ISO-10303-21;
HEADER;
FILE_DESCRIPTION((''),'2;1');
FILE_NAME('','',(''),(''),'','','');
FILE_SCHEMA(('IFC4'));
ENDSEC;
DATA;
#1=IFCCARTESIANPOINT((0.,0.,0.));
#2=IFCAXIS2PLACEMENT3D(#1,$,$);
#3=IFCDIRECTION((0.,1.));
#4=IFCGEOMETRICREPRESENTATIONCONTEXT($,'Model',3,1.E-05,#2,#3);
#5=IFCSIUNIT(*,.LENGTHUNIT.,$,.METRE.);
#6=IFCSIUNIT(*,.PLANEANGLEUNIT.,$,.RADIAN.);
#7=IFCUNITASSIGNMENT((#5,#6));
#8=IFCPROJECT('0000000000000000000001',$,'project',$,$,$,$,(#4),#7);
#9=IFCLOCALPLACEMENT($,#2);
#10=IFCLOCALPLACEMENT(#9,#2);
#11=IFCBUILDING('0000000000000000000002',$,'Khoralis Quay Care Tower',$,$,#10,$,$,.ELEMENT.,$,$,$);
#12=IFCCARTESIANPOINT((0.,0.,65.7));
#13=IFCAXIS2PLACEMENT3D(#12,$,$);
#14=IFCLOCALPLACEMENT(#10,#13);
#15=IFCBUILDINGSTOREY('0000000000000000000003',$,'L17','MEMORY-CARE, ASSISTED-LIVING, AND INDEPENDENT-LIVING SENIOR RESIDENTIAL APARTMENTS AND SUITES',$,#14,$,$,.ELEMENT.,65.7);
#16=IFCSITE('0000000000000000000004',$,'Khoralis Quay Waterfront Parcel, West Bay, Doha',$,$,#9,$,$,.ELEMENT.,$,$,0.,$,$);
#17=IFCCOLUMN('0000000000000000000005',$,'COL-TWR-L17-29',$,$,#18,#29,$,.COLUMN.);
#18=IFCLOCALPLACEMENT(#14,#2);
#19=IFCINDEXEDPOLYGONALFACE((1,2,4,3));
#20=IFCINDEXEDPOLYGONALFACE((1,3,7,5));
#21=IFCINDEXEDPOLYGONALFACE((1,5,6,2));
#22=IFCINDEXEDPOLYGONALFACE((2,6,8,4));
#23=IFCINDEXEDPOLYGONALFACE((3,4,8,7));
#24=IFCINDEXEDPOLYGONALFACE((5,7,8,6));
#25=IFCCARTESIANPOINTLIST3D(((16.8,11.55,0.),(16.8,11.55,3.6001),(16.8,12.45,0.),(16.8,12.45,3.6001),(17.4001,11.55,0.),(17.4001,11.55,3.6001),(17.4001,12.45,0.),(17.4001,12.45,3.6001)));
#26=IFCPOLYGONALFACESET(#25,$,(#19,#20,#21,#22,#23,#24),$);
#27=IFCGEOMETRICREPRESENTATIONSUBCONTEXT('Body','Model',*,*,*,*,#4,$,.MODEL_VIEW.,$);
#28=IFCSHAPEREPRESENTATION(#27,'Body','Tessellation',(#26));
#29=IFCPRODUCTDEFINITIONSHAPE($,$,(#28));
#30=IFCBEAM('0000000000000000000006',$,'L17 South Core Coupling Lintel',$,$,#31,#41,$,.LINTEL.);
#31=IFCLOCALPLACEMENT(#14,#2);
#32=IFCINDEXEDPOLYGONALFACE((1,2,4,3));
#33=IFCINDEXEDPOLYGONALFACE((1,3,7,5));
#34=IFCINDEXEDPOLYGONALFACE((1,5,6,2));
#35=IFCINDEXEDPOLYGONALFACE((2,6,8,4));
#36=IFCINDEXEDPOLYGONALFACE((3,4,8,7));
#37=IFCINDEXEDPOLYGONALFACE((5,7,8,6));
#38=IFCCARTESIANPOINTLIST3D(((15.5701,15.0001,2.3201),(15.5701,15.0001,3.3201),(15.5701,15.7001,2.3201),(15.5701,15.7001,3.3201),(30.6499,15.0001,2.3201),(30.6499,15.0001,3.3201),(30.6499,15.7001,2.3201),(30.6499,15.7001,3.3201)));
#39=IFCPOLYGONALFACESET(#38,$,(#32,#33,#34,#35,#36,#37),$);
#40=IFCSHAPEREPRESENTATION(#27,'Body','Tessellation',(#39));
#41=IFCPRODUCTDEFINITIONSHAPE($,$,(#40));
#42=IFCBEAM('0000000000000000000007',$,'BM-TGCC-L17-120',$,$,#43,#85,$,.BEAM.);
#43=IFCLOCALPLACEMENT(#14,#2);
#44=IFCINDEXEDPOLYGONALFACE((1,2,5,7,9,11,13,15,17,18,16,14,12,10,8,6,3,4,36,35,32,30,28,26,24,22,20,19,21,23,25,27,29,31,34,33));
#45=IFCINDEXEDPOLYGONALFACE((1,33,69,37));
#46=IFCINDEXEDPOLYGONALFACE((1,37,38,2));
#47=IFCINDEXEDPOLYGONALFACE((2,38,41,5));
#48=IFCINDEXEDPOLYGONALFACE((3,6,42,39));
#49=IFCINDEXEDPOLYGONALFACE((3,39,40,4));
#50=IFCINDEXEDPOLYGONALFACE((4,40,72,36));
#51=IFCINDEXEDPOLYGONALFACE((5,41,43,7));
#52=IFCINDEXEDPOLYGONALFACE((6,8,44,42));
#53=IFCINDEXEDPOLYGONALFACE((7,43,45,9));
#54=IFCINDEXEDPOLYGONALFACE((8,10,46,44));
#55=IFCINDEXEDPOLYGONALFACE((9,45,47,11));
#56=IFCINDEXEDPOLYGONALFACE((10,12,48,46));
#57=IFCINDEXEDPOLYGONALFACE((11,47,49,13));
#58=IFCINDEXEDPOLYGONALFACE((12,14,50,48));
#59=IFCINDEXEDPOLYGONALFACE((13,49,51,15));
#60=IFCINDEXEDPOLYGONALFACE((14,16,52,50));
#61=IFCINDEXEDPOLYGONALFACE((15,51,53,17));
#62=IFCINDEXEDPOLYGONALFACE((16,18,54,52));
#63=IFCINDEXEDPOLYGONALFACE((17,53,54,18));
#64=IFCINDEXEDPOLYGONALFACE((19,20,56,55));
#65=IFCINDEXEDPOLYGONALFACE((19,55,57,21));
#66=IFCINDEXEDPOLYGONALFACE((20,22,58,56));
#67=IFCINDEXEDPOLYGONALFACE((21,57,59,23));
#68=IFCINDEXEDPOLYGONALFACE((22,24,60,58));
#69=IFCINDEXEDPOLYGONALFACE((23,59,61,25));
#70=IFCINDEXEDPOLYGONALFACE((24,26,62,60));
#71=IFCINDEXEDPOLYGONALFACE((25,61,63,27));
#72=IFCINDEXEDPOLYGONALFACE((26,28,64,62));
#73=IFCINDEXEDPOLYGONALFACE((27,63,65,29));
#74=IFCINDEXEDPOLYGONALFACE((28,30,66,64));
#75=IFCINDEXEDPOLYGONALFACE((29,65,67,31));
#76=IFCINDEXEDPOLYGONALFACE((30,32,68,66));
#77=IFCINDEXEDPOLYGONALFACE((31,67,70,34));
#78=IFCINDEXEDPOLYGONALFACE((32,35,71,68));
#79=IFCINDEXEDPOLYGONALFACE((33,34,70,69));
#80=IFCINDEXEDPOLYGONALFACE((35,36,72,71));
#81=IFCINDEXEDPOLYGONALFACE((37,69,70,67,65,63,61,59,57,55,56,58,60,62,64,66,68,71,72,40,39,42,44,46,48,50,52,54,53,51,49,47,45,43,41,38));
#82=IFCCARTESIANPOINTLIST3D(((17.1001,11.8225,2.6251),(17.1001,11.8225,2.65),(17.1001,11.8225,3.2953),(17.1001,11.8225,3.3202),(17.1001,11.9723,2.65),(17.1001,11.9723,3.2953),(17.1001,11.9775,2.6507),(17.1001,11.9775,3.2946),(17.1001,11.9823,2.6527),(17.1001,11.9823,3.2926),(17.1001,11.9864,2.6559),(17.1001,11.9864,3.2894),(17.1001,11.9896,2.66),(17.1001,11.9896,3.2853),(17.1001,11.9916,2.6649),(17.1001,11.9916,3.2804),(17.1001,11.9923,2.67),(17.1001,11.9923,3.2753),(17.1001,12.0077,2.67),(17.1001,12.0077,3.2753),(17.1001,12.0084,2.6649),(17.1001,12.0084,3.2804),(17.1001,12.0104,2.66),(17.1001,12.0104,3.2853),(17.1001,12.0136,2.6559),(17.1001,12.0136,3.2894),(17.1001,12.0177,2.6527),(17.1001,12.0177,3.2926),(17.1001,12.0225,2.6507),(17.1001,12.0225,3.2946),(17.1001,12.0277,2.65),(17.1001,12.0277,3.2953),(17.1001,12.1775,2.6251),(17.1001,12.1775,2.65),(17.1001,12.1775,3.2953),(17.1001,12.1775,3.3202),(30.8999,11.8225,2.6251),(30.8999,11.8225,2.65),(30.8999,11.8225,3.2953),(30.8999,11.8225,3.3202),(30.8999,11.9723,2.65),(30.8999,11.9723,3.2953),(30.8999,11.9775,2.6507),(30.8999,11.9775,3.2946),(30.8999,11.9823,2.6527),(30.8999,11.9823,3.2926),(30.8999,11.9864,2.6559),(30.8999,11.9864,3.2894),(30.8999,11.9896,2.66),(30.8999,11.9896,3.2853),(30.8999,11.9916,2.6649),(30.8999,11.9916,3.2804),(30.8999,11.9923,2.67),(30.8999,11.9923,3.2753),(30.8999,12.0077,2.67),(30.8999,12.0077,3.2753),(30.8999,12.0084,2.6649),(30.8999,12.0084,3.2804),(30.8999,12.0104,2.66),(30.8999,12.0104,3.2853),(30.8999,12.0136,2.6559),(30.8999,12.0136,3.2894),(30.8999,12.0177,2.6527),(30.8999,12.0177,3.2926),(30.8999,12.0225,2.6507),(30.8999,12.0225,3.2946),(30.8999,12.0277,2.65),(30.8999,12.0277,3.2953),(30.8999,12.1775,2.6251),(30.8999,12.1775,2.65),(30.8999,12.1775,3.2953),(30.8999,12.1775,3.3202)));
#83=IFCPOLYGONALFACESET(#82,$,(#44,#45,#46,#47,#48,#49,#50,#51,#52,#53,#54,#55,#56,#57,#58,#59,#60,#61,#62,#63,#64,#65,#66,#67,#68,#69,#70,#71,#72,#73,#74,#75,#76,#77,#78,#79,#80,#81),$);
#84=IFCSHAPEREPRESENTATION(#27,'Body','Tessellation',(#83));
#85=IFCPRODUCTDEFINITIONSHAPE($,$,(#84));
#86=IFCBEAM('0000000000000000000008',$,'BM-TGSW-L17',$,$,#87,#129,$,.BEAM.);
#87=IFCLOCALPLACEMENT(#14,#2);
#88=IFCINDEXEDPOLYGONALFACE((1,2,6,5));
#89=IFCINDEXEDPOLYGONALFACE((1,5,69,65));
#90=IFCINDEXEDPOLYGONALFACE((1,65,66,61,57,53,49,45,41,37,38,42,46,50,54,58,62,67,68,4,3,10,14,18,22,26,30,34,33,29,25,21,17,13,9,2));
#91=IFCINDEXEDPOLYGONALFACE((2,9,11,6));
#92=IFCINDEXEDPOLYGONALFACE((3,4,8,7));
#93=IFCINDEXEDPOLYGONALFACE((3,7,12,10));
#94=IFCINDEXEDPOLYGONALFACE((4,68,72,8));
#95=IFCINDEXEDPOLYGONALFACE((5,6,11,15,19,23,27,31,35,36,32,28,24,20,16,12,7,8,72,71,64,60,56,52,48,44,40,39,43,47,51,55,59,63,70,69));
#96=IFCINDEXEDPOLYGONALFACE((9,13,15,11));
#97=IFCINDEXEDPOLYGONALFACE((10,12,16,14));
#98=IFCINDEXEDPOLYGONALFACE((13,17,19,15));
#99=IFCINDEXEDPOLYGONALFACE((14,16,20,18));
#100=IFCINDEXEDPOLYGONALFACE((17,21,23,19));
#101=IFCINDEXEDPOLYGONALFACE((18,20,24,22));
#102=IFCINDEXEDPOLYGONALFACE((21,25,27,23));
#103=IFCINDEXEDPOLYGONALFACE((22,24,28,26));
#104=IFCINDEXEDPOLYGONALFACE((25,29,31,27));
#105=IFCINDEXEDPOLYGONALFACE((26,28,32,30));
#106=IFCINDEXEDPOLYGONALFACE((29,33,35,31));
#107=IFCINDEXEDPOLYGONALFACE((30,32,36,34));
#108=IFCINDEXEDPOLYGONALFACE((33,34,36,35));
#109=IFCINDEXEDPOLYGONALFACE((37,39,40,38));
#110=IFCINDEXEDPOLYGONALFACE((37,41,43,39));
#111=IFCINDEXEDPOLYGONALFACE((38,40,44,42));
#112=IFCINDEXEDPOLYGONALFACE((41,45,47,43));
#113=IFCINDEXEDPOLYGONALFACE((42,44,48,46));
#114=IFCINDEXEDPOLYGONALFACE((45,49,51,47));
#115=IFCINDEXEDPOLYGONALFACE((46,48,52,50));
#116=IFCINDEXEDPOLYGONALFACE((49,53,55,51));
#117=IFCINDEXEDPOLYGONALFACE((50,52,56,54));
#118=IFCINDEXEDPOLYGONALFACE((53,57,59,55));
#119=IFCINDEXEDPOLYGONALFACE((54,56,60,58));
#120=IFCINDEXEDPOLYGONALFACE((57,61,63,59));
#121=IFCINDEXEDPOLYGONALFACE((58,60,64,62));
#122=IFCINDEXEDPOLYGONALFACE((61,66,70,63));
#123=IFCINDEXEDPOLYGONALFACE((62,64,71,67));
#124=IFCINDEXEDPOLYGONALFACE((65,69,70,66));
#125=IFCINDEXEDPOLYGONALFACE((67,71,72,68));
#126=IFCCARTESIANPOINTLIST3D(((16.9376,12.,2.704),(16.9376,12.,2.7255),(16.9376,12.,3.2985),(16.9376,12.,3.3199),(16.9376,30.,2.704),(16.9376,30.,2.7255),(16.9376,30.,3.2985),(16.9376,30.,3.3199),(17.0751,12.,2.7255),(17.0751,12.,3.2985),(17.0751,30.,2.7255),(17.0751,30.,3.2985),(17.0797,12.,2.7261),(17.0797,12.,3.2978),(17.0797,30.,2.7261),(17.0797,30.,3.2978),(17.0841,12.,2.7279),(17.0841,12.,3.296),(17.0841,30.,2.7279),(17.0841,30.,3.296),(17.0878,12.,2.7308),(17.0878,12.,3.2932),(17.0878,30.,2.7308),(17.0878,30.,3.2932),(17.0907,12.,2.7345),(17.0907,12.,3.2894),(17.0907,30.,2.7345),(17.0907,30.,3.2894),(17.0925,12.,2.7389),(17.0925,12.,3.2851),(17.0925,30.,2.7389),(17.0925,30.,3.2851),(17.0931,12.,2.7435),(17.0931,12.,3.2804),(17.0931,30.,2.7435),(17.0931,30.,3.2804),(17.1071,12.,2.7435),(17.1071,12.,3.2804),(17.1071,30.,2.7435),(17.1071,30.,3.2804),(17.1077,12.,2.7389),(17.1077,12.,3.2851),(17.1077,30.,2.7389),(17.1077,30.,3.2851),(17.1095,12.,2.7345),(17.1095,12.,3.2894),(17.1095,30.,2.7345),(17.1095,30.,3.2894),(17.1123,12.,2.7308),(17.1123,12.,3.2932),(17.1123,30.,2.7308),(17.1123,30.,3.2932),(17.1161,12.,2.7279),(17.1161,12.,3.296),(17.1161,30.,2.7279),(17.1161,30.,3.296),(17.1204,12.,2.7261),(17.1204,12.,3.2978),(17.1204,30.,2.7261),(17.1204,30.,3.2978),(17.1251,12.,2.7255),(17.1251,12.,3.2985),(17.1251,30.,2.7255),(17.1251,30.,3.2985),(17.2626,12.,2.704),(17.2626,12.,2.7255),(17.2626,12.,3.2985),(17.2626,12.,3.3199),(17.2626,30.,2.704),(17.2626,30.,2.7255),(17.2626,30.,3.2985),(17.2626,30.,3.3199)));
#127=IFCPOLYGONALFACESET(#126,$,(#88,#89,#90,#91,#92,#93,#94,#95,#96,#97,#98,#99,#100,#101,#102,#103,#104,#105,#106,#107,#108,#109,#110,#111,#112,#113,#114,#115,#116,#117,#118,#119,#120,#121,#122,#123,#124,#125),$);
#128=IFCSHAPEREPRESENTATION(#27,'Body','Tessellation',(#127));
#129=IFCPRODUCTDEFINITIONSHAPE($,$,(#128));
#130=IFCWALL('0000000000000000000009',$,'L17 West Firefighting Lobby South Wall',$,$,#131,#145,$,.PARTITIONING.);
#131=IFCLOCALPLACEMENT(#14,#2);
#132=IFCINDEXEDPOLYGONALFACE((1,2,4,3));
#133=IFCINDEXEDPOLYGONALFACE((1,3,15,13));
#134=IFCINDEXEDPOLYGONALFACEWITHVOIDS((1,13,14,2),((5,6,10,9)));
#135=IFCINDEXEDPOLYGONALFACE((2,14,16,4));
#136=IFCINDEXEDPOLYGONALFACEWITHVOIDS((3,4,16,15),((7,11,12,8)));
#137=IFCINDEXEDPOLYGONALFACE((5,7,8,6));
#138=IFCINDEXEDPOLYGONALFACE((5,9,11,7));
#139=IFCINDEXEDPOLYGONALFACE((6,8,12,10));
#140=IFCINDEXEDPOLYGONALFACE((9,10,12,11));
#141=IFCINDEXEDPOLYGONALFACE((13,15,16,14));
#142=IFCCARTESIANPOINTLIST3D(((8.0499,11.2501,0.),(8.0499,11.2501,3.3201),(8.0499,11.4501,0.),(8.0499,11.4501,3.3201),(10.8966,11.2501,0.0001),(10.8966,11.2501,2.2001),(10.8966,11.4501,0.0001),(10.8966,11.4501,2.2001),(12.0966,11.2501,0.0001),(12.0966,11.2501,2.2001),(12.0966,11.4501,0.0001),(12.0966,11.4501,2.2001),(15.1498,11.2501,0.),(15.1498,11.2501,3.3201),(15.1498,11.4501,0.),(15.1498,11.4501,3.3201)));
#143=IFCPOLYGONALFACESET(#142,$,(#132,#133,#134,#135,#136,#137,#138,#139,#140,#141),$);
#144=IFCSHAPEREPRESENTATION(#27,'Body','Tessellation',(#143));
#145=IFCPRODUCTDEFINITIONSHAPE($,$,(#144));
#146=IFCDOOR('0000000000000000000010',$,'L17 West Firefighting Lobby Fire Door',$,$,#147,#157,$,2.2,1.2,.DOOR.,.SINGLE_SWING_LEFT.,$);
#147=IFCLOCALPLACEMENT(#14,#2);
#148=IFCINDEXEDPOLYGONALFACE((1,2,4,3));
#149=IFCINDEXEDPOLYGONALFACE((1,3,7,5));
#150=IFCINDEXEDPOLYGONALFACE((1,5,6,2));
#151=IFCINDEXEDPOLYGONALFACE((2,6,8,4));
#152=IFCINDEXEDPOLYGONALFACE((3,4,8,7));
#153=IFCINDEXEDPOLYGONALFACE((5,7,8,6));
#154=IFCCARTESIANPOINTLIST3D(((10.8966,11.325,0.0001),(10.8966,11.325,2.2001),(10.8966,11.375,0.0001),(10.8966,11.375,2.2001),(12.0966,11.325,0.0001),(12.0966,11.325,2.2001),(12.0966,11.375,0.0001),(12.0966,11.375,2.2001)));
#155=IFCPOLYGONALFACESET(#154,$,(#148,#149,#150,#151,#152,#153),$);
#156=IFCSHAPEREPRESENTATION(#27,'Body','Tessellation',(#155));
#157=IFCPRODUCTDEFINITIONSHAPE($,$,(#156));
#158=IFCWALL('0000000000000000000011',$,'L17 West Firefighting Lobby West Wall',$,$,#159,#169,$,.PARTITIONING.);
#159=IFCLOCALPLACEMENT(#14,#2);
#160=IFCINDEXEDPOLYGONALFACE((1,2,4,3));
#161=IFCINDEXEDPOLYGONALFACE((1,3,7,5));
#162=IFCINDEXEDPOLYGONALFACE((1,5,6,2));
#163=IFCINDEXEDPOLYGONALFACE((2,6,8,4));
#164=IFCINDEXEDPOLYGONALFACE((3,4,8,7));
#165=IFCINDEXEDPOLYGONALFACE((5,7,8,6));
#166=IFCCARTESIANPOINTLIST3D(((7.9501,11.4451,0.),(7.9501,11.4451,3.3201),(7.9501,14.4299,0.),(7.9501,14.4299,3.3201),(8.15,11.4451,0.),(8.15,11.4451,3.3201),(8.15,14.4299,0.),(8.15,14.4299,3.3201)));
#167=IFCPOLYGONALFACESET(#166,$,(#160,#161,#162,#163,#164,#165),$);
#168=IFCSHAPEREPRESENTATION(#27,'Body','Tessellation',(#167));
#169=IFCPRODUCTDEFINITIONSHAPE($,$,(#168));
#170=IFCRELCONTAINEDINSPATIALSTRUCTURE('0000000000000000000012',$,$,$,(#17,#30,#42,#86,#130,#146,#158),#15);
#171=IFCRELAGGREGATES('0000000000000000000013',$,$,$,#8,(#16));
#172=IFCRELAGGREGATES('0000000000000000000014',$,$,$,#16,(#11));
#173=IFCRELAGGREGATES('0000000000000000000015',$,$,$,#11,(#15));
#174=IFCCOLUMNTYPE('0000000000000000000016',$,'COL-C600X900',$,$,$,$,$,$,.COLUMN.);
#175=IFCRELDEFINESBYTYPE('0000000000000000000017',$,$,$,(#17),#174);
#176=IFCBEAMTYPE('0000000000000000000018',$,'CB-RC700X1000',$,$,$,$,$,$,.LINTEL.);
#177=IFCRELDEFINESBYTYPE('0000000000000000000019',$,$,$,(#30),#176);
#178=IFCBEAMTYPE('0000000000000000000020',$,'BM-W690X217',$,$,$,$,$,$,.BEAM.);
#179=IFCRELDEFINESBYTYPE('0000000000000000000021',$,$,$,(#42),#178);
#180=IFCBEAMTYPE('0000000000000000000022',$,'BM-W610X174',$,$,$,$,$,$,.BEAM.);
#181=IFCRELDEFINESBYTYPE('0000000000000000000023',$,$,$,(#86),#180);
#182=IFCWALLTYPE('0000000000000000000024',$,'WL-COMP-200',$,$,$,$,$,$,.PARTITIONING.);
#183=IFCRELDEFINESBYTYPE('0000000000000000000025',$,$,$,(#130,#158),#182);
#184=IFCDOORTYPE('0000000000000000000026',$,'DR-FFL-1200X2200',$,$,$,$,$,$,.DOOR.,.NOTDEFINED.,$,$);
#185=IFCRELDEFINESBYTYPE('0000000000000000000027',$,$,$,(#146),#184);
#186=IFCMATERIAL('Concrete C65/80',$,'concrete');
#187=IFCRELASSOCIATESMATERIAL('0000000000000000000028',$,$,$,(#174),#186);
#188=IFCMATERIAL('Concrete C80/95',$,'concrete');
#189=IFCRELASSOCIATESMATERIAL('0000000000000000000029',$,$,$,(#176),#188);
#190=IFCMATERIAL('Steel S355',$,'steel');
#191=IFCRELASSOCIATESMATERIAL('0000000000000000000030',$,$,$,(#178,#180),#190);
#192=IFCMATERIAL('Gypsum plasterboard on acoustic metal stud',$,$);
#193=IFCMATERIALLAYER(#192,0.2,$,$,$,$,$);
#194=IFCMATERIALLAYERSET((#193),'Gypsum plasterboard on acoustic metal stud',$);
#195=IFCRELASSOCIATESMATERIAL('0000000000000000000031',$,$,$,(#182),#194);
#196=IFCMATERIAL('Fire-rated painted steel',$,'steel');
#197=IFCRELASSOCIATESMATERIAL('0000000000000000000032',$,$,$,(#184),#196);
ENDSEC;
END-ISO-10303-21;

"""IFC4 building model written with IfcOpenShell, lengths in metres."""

from ifc_helpers import new_model, si_unit, direction, frame, frame_2d, origin, origin_2d, place, context, subcontext, project, spatial, rectangle, i_section, extrude, source, transform, mapped, material, layer, layer_set, material_profile, profile_set, type_object, element, fill, save


model = new_model("IFC4")

# Units and contexts
model_context = context("Model", 3, precision=1e-05, world=origin(), true_north=direction((0.0, 1.0)))
body_context = subcontext(model_context, "Body", "Model", "MODEL_VIEW")
ifc_project = project(units=[si_unit("LENGTHUNIT", "METRE"), si_unit("PLANEANGLEUNIT", "RADIAN")], contexts=[model_context])

# Site, building, storey
site_placement = place(None, origin())
site = spatial("IfcSite", under=ifc_project, at=site_placement, Name="Khoralis Quay Waterfront Parcel, West Bay, Doha", CompositionType="ELEMENT", RefElevation=0.0)
building_placement = place(site_placement, origin())
building = spatial("IfcBuilding", under=site, at=building_placement, Name="Khoralis Quay Care Tower", CompositionType="ELEMENT")
storey_placement = place(building_placement, frame((0.0, 0.0, 65.7)))
storey = spatial("IfcBuildingStorey", under=building, at=storey_placement, Name="L17", Description="MEMORY-CARE, ASSISTED-LIVING, AND INDEPENDENT-LIVING SENIOR RESIDENTIAL APARTMENTS AND SUITES", CompositionType="ELEMENT", Elevation=65.7)

# Column
ifc_material_1 = material(Name="Concrete C65/80", Category="concrete")
ifc_material_profile_1 = material_profile(ifc_material_1, rectangle(XDim=0.6001, YDim=0.8999, at=origin_2d()), Name="Concrete C65/80")
ifc_profile_set_1 = profile_set([ifc_material_profile_1], Name="Concrete C65/80")
column_type = type_object("IfcColumnType", Name="COL-C600X900", PredefinedType="COLUMN", material=ifc_profile_set_1)
shared_shape_1 = source(origin(), body_context, "Body", "SweptSolid", [
    extrude(rectangle(XDim=0.6001, YDim=0.8999, at=origin_2d()), origin(), (0.0, 0.0, 1.0), 3.6001),
])
column_placement = place(storey_placement, frame((17.1001, 12.0, 0.0), z_axis=(0.0, 0.0, 1.0), x_axis=(1.0, 0.0, 0.0)))
element("IfcColumn", 1, at=column_placement, inside=storey, type_object=column_type, Name="COL-TWR-L17-29", PredefinedType="COLUMN", context=body_context, shape_type="MappedRepresentation", body=[
    mapped(shared_shape_1, transform((0.0, 0.0, 0.0), scale=1.0)),
])

# Beams
ifc_material_2 = material(Name="Concrete C80/95", Category="concrete")
ifc_material_profile_2 = material_profile(ifc_material_2, rectangle(XDim=0.7, YDim=1.0, at=origin_2d()), Name="Concrete C80/95")
ifc_profile_set_2 = profile_set([ifc_material_profile_2], Name="Concrete C80/95")
beam_type_1 = type_object("IfcBeamType", Name="CB-RC700X1000", PredefinedType="LINTEL", material=ifc_profile_set_2)
shared_shape_2 = source(origin(), body_context, "Body", "SweptSolid", [
    extrude(rectangle(XDim=0.7, YDim=1.0, at=origin_2d()), origin(), (0.0, 0.0, 1.0), 15.0798),
])
beam_1_placement = place(storey_placement, frame((15.5701, 15.3501, 2.8201), z_axis=(1.0, 0.0, 0.0), x_axis=(0.0, 1.0, 0.0)))
element("IfcBeam", 2, at=beam_1_placement, inside=storey, type_object=beam_type_1, Name="L17 South Core Coupling Lintel", PredefinedType="LINTEL", context=body_context, shape_type="MappedRepresentation", body=[
    mapped(shared_shape_2, transform((0.0, 0.0, 0.0), scale=1.0)),
])
ifc_material_3 = material(Name="Steel S355", Category="steel")
ifc_material_profile_3 = material_profile(ifc_material_3, i_section(OverallWidth=0.355, OverallDepth=0.6951, WebThickness=0.0154, FlangeThickness=0.0249, FilletRadius=0.02, at=origin_2d()), Name="Steel S355")
ifc_profile_set_3 = profile_set([ifc_material_profile_3], Name="Steel S355")
beam_type_2 = type_object("IfcBeamType", Name="BM-W690X217", PredefinedType="BEAM", material=ifc_profile_set_3)
shared_shape_3 = source(origin(), body_context, "Body", "SweptSolid", [
    extrude(i_section(OverallWidth=0.355, OverallDepth=0.6951, WebThickness=0.0154, FlangeThickness=0.0249, FilletRadius=0.02, at=origin_2d()), origin(), (0.0, 0.0, 1.0), 13.7998),
])
beam_2_placement = place(storey_placement, frame((17.1001, 12.0, 2.9727), z_axis=(1.0, 0.0, 0.0), x_axis=(0.0, 1.0, 0.0)))
element("IfcBeam", 3, at=beam_2_placement, inside=storey, type_object=beam_type_2, Name="BM-TGCC-L17-120", PredefinedType="BEAM", context=body_context, shape_type="MappedRepresentation", body=[
    mapped(shared_shape_3, transform((0.0, 0.0, 0.0), scale=1.0)),
])
ifc_material_profile_4 = material_profile(ifc_material_3, i_section(OverallWidth=0.325, OverallDepth=0.616, WebThickness=0.0139, FlangeThickness=0.0215, FilletRadius=0.0181, at=origin_2d()), Name="Steel S355")
ifc_profile_set_4 = profile_set([ifc_material_profile_4], Name="Steel S355")
beam_type_3 = type_object("IfcBeamType", Name="BM-W610X174", PredefinedType="BEAM", material=ifc_profile_set_4)
shared_shape_4 = source(origin(), body_context, "Body", "SweptSolid", [
    extrude(i_section(OverallWidth=0.325, OverallDepth=0.616, WebThickness=0.0139, FlangeThickness=0.0215, FilletRadius=0.0181, at=origin_2d()), origin(), (0.0, 0.0, 1.0), 18.0),
])
beam_3_placement = place(storey_placement, frame((17.1001, 12.0, 3.012), z_axis=(0.0, 1.0, 0.0), x_axis=(-1.0, 0.0, 0.0)))
element("IfcBeam", 4, at=beam_3_placement, inside=storey, type_object=beam_type_3, Name="BM-TGSW-L17", PredefinedType="BEAM", context=body_context, shape_type="MappedRepresentation", body=[
    mapped(shared_shape_4, transform((0.0, 0.0, 0.0), scale=1.0)),
])

# Wall, opening, door
ifc_material_4 = material(Name="Gypsum plasterboard on acoustic metal stud")
ifc_layer_1 = layer(ifc_material_4, 0.2)
ifc_layer_set_1 = layer_set([ifc_layer_1], Name="Gypsum plasterboard on acoustic metal stud")
wall_type_1 = type_object("IfcWallType", Name="WL-COMP-200", PredefinedType="PARTITIONING", material=ifc_layer_set_1)
wall_1_placement = place(storey_placement, frame((8.05, 11.3501, 0.0), z_axis=(0.0, 0.0, 1.0), x_axis=(1.0, 0.0, 0.0)))
wall_1 = element("IfcWall", 5, at=wall_1_placement, inside=storey, type_object=wall_type_1, Name="L17 West Firefighting Lobby South Wall", PredefinedType="PARTITIONING", context=body_context, shape_type="SweptSolid", body=[
    extrude(rectangle(XDim=7.0999, YDim=0.2, at=frame_2d((3.5498, 0.0))), origin(), (0.0, 0.0, 1.0), 3.3201),
])
opening_1_placement = place(wall_1_placement, frame((2.8464, 0.0, 0.0)))
opening_1 = element("IfcOpeningElement", 6, at=opening_1_placement, cuts=wall_1, PredefinedType="OPENING", context=body_context, shape_type="SweptSolid", body=[
    extrude(rectangle(XDim=1.2, YDim=2.2, at=frame_2d((0.6001, 1.1001))), frame((0.0, 0.1099, 0.0), z_axis=(0.0, -1.0, 0.0), x_axis=(1.0, 0.0, 0.0)), (0.0, 0.0, 1.0), 0.22),
])
ifc_material_5 = material(Name="Fire-rated painted steel", Category="steel")
door_type_1 = type_object("IfcDoorType", Name="DR-FFL-1200X2200", OperationType="NOTDEFINED", PredefinedType="DOOR", material=ifc_material_5)
shared_shape_5 = source(origin(), body_context, "Body", "SweptSolid", [
    extrude(rectangle(XDim=1.2, YDim=2.2, at=frame_2d((0.6001, 1.1001))), frame((0.0, 0.0249, 0.0), z_axis=(0.0, -1.0, 0.0), x_axis=(1.0, 0.0, 0.0)), (0.0, 0.0, 1.0), 0.05),
])
door_1_placement = place(opening_1_placement, origin())
door_1 = element("IfcDoor", 7, at=door_1_placement, inside=storey, type_object=door_type_1, Name="L17 West Firefighting Lobby Fire Door", OperationType="SINGLE_SWING_LEFT", OverallHeight=2.2, OverallWidth=1.2, PredefinedType="DOOR", context=body_context, shape_type="MappedRepresentation", body=[
    mapped(shared_shape_5, transform((0.0, 0.0, 0.0), scale=1.0)),
])
fill(opening_1, door_1)

# Wall
for number, where, z_axis, x_axis, name in (
    (8, (8.05, 11.4451, 0.0), (0.0, 0.0, 1.0), (0.0, 1.0, 0.0), "L17 West Firefighting Lobby West Wall"),
):
    element("IfcWall", number, at=place(storey_placement, frame(where, z_axis=z_axis, x_axis=x_axis)), inside=storey, type_object=wall_type_1, Name=name, PredefinedType="PARTITIONING", context=body_context, shape_type="SweptSolid", body=[
        extrude(rectangle(XDim=2.9849, YDim=0.2, at=frame_2d((1.4924, 0.0))), origin(), (0.0, 0.0, 1.0), 3.3201),
    ])

save(model, "model.ifc")
